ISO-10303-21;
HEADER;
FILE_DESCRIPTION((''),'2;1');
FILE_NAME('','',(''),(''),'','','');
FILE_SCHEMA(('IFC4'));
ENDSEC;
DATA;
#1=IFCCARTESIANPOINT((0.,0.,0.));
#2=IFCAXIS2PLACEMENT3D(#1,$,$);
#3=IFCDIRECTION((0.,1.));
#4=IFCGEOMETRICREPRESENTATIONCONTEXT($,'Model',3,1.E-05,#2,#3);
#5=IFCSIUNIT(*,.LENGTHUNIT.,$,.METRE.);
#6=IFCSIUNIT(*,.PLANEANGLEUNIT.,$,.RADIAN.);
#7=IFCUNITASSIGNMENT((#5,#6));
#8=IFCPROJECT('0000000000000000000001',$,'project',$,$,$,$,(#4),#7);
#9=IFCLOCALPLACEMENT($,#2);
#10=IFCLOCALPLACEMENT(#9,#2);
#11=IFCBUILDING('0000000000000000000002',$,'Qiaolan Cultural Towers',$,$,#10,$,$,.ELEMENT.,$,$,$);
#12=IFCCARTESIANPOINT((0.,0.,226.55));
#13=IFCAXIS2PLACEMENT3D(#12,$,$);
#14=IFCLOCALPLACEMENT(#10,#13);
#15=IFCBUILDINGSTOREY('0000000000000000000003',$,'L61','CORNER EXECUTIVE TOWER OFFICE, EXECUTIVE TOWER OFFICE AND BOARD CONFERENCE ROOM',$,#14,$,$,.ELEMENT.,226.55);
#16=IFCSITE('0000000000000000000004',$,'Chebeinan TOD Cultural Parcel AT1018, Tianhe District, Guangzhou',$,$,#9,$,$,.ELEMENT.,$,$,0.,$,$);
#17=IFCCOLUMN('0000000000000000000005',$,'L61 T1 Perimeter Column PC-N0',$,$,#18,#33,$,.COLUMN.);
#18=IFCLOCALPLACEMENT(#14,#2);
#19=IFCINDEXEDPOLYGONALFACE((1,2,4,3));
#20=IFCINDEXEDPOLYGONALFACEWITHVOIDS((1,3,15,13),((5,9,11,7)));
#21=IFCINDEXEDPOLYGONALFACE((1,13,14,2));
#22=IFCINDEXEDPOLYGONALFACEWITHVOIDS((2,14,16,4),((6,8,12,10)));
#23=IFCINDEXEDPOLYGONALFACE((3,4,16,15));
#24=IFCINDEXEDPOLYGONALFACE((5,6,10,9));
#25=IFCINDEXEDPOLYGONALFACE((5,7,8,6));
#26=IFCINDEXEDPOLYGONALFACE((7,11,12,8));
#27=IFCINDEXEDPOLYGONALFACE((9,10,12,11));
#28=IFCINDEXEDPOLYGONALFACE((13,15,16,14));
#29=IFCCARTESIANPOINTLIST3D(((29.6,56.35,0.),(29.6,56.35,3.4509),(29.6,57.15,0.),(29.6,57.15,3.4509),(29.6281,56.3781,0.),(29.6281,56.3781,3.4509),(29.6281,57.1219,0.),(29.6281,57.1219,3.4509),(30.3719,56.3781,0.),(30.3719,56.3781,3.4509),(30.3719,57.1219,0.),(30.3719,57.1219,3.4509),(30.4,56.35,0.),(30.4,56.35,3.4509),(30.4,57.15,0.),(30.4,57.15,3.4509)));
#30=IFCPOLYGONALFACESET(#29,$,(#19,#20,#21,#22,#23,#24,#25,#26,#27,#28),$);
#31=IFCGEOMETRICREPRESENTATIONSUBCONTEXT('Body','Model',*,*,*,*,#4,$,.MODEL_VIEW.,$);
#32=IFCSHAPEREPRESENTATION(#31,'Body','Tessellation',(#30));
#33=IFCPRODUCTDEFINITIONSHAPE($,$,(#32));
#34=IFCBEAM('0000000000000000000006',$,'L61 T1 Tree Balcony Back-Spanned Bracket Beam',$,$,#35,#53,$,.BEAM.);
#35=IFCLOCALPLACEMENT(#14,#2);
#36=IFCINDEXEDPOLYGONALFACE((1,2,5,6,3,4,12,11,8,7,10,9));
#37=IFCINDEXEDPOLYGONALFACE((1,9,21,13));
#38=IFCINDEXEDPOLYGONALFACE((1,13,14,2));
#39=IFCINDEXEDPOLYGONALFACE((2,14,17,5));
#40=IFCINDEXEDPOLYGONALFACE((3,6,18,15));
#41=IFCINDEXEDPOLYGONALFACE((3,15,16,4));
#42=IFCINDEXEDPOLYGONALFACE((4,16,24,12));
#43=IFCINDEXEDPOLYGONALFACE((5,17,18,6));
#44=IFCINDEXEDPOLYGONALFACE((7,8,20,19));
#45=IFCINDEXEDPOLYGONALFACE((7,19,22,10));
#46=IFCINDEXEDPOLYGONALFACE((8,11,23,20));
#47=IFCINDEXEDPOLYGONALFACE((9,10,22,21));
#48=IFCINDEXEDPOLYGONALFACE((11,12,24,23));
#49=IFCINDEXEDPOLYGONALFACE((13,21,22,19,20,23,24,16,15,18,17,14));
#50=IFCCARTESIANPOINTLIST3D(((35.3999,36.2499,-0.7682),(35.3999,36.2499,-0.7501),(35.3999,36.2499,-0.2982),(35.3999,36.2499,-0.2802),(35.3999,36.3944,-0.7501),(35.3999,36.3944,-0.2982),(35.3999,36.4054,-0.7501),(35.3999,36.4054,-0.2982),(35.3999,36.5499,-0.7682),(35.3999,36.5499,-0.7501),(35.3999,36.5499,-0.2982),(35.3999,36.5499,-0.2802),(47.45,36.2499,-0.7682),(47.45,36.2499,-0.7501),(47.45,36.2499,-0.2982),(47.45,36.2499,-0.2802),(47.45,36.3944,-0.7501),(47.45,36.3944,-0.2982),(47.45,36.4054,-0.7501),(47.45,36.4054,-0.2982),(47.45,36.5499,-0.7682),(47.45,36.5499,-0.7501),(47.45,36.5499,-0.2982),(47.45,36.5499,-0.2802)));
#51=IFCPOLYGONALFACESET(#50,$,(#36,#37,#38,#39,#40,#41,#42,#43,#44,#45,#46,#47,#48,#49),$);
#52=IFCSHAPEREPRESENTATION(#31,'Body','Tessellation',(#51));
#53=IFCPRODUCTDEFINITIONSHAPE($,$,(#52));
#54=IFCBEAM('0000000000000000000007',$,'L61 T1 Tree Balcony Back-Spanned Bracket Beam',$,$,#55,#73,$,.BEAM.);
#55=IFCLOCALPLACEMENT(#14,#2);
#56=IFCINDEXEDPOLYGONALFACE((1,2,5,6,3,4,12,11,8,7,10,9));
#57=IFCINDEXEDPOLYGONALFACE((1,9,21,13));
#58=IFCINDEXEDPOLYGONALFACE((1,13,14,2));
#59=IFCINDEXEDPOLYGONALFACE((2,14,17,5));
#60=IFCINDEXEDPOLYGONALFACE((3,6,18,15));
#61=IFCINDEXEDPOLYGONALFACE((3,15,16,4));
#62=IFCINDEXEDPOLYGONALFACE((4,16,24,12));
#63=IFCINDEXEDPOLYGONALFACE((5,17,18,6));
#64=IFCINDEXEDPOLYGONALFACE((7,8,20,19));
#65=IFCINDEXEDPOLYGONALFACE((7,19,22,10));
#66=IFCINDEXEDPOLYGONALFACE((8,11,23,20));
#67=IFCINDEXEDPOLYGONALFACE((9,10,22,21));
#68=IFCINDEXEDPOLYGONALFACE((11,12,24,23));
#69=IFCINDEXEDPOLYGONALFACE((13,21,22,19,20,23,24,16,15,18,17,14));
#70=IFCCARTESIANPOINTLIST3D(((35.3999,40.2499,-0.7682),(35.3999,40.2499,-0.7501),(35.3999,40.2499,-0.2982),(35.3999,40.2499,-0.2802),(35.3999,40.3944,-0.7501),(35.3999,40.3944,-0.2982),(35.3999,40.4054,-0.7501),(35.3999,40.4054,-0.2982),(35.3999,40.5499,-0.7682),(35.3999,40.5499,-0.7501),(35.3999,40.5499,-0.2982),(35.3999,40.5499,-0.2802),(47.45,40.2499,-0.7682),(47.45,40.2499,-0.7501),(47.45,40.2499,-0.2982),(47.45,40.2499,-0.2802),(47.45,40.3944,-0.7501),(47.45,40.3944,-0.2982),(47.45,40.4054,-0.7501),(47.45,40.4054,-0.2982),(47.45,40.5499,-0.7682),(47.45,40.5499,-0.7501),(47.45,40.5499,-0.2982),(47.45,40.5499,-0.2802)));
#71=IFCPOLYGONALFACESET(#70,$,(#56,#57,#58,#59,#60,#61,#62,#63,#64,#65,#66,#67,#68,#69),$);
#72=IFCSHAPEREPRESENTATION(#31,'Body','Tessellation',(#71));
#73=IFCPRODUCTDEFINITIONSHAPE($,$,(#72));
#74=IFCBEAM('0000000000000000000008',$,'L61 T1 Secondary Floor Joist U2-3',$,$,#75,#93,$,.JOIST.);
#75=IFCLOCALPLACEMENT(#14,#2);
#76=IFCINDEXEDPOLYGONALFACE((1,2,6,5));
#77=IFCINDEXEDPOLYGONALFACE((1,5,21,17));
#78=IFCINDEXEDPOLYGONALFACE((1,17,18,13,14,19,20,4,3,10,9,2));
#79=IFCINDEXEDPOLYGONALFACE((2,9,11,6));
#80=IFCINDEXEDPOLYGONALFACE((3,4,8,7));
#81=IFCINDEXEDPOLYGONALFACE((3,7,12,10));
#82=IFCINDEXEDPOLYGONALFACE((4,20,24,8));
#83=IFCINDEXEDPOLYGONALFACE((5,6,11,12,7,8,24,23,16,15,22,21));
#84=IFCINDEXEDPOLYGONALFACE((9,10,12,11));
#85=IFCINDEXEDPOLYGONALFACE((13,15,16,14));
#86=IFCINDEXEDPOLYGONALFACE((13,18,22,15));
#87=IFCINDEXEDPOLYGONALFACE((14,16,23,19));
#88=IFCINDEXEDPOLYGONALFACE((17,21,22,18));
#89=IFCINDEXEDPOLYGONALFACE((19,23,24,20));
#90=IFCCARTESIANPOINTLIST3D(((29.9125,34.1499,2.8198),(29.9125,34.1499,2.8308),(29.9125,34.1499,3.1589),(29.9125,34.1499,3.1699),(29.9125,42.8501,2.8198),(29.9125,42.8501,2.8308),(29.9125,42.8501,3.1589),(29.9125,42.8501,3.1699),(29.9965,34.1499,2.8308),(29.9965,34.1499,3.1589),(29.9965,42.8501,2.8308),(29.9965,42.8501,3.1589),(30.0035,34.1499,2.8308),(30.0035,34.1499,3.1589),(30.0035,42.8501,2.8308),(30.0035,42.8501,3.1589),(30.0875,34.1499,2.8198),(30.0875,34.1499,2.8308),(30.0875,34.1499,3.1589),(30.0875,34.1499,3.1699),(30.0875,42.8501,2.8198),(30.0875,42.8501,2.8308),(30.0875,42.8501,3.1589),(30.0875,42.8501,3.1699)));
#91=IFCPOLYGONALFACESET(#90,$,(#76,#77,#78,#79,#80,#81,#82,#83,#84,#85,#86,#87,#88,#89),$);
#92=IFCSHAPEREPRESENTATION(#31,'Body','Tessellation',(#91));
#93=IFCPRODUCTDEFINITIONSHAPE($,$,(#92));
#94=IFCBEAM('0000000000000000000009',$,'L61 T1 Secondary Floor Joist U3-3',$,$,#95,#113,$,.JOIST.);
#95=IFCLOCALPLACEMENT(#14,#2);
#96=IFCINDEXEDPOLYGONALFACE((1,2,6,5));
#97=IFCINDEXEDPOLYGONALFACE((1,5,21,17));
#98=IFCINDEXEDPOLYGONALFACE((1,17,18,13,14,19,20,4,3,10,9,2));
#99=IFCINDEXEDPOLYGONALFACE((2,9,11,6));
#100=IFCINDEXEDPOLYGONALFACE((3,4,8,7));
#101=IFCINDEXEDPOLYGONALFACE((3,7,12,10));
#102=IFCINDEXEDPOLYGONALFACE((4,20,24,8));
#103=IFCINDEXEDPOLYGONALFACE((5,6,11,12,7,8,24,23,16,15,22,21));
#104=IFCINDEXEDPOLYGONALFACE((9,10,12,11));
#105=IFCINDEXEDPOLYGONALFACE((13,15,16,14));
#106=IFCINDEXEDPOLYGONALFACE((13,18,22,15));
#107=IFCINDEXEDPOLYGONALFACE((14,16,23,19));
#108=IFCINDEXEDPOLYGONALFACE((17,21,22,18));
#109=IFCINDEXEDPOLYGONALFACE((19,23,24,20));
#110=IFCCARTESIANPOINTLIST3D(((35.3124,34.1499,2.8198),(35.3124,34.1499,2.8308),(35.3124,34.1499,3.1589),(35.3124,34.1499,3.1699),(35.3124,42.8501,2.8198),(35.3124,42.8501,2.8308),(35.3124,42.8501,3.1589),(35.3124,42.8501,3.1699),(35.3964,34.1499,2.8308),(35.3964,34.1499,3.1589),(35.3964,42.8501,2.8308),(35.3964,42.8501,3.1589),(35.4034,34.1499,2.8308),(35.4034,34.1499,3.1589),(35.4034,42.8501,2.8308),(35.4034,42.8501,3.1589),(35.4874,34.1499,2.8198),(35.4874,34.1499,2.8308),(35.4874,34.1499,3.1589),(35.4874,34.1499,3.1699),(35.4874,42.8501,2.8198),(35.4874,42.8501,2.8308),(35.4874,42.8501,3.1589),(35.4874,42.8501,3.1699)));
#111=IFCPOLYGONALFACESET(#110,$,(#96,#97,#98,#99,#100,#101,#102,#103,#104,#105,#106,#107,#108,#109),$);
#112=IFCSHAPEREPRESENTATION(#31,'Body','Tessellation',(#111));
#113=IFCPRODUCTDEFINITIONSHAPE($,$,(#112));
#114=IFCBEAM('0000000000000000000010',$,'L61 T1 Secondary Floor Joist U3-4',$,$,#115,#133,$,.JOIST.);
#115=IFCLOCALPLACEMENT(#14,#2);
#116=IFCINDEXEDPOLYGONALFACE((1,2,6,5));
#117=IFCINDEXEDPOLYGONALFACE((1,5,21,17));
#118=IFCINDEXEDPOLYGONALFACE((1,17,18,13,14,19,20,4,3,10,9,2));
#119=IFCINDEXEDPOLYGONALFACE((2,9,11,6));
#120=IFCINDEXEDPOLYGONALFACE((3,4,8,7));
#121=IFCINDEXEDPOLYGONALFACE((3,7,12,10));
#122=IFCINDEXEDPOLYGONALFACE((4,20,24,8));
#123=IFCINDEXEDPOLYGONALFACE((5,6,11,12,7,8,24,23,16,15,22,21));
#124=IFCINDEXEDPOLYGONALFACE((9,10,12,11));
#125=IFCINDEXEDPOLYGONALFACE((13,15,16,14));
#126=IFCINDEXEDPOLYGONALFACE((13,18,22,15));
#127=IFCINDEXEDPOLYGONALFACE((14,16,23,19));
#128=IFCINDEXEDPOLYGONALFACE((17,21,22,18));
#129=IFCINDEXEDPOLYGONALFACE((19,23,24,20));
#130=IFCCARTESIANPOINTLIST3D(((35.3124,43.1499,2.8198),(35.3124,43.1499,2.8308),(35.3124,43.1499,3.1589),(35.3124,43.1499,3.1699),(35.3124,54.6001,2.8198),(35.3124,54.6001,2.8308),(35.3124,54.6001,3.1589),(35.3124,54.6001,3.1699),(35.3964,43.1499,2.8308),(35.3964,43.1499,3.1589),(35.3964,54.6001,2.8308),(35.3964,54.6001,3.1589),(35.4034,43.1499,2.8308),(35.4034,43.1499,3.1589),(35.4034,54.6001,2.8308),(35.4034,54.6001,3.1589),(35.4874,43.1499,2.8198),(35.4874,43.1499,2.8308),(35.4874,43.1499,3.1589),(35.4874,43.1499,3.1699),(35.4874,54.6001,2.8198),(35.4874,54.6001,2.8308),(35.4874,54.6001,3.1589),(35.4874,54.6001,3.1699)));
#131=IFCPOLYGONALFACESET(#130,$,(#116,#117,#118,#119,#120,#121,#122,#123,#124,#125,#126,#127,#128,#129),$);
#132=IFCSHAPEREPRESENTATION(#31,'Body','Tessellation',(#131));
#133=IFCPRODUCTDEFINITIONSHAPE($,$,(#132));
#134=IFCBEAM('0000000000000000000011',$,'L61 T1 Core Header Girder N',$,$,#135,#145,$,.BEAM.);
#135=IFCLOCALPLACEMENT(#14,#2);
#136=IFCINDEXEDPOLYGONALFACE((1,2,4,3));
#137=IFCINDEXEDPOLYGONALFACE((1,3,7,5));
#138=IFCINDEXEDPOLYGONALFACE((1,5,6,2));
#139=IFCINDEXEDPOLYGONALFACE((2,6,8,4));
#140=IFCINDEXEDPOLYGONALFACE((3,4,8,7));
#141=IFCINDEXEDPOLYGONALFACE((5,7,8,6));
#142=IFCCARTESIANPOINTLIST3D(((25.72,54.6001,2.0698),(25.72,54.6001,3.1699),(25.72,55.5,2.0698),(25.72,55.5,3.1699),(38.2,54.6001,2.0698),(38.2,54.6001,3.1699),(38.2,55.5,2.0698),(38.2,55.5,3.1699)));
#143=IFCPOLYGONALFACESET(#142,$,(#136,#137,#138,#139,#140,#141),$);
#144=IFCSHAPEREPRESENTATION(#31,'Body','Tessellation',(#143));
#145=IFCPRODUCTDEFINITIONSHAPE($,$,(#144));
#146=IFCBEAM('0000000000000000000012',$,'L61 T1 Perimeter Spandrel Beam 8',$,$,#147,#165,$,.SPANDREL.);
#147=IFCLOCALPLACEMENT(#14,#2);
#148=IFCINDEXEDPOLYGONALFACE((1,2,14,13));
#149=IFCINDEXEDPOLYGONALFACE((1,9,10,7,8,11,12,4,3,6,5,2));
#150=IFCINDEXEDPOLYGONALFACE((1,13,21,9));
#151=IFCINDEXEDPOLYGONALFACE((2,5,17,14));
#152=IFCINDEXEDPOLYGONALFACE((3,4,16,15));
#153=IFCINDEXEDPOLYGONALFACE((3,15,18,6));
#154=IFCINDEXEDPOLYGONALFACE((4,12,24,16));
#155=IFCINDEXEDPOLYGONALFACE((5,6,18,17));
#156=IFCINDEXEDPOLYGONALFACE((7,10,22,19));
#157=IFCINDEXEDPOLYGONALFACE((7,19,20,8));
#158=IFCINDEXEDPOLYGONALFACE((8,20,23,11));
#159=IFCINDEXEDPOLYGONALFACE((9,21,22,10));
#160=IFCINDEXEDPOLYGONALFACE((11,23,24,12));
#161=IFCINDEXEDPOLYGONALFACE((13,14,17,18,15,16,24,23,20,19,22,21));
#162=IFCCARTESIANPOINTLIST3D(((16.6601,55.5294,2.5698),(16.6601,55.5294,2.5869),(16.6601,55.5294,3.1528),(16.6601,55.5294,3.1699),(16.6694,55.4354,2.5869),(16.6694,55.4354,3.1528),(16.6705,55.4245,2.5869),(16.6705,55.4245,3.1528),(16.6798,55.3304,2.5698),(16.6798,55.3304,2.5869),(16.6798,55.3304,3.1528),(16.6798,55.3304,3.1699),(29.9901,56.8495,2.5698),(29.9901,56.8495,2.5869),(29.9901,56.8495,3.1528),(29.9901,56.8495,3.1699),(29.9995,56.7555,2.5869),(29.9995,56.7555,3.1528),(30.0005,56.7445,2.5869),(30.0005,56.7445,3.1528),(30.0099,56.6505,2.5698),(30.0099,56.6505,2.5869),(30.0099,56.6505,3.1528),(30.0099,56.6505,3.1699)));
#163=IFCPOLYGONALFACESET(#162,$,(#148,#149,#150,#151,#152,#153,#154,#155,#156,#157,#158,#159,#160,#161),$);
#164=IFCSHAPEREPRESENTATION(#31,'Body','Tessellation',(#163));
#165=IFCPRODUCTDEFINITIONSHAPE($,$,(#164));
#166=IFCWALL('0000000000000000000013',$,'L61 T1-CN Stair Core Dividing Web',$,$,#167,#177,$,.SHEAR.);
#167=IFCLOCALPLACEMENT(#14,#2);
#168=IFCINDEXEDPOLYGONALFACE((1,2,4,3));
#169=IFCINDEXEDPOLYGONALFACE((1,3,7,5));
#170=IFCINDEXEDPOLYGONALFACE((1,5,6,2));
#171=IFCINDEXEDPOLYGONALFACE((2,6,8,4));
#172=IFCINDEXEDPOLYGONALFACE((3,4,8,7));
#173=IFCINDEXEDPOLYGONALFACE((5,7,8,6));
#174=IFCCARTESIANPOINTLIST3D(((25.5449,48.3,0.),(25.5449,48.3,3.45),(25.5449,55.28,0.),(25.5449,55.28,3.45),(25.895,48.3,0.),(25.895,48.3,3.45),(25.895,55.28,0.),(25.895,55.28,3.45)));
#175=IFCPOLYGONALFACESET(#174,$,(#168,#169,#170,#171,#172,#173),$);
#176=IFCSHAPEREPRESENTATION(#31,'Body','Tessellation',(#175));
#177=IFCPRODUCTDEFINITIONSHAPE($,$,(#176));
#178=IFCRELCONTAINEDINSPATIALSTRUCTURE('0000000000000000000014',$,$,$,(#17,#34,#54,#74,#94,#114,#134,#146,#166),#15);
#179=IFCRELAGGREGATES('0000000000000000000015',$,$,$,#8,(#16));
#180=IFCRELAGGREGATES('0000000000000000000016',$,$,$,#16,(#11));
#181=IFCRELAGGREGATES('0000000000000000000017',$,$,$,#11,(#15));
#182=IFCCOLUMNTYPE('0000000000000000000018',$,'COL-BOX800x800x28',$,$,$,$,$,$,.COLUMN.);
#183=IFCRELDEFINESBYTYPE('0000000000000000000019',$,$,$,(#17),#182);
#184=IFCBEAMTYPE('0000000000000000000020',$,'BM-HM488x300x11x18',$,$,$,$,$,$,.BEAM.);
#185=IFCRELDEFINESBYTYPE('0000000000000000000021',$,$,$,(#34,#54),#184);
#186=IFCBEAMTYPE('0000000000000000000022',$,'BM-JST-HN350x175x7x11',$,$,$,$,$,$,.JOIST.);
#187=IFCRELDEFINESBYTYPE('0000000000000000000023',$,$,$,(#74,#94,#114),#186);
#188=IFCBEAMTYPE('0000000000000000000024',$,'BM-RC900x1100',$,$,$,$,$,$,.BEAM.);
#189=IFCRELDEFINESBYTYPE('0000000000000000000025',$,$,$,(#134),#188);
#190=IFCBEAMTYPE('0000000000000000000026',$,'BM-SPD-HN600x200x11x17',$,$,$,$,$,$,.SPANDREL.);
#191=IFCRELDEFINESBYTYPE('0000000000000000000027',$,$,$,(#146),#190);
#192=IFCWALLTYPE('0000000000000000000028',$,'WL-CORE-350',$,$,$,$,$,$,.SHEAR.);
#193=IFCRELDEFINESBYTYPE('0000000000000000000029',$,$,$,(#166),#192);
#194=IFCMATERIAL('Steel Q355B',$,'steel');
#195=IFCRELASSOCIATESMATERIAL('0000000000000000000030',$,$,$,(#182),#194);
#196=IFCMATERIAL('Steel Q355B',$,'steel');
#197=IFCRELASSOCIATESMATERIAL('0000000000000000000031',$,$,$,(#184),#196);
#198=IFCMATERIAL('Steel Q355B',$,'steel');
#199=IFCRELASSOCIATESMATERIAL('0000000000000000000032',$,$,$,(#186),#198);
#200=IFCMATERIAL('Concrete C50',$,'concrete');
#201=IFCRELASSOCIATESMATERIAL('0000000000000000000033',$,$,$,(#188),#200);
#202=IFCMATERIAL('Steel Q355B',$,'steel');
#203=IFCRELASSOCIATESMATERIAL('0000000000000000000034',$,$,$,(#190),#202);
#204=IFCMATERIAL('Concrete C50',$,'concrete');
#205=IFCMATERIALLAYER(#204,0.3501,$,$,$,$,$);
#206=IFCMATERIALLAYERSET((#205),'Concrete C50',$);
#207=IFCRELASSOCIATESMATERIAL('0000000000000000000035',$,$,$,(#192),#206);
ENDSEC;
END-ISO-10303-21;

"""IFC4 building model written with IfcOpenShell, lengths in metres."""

from ifc_helpers import new_model, si_unit, direction, frame, frame_2d, origin, origin_2d, place, context, subcontext, project, spatial, rectangle, hollow_rectangle, i_section, extrude, material, layer, layer_set, material_profile, profile_set, type_object, element, save


model = new_model("IFC4")

# Units and contexts
model_context = context("Model", 3, precision=1e-05, world=origin(), true_north=direction((0.0, 1.0)))
body_context = subcontext(model_context, "Body", "Model", "MODEL_VIEW")
ifc_project = project(units=[si_unit("LENGTHUNIT", "METRE"), si_unit("PLANEANGLEUNIT", "RADIAN")], contexts=[model_context])

# Site, building, storey
site_placement = place(None, origin())
site = spatial("IfcSite", under=ifc_project, at=site_placement, Name="Chebeinan TOD Cultural Parcel AT1018, Tianhe District, Guangzhou", CompositionType="ELEMENT", RefElevation=0.0)
building_placement = place(site_placement, origin())
building = spatial("IfcBuilding", under=site, at=building_placement, Name="Qiaolan Cultural Towers", CompositionType="ELEMENT")
storey_placement = place(building_placement, frame((0.0, 0.0, 226.55)))
storey = spatial("IfcBuildingStorey", under=building, at=storey_placement, Name="L61", Description="CORNER EXECUTIVE TOWER OFFICE, EXECUTIVE TOWER OFFICE AND BOARD CONFERENCE ROOM", CompositionType="ELEMENT", Elevation=226.55)

# Column
ifc_material_1 = material(Name="Steel Q355B", Category="steel")
ifc_material_profile_1 = material_profile(ifc_material_1, hollow_rectangle(XDim=0.8, YDim=0.8, WallThickness=0.0281, at=origin_2d()), Name="BOX800x800x28")
ifc_profile_set_1 = profile_set([ifc_material_profile_1], Name="Steel Q355B")
column_type = type_object("IfcColumnType", Name="COL-BOX800x800x28", PredefinedType="COLUMN", material=ifc_profile_set_1)
column_placement = place(storey_placement, frame((30.0, 56.75, 0.0), z_axis=(0.0, 0.0, 1.0), x_axis=(1.0, 0.0, 0.0)))
element("IfcColumn", 1, at=column_placement, inside=storey, type_object=column_type, Name="L61 T1 Perimeter Column PC-N0", PredefinedType="COLUMN", context=body_context, shape_type="SweptSolid", body=[
    extrude(hollow_rectangle(XDim=0.8, YDim=0.8, WallThickness=0.0281, at=origin_2d()), origin(), (0.0, 0.0, 1.0), 3.4509),
])

# Beams
ifc_material_2 = material(Name="Steel Q355B", Category="steel")
ifc_material_profile_2 = material_profile(ifc_material_2, i_section(OverallWidth=0.3, OverallDepth=0.488, WebThickness=0.011, FlangeThickness=0.0181, at=origin_2d()), Name="HM488x300x11x18")
ifc_profile_set_2 = profile_set([ifc_material_profile_2], Name="Steel Q355B")
beam_type_1 = type_object("IfcBeamType", Name="BM-HM488x300x11x18", PredefinedType="BEAM", material=ifc_profile_set_2)
for number, where, z_axis, x_axis, name in (
    (2, (35.3999, 36.3999, -0.5242), (1.0, 0.0, 0.0), (0.0, 1.0, 0.0), "L61 T1 Tree Balcony Back-Spanned Bracket Beam"),
    (3, (35.3999, 40.3999, -0.5242), (1.0, 0.0, 0.0), (0.0, 1.0, 0.0), "L61 T1 Tree Balcony Back-Spanned Bracket Beam"),
):
    element("IfcBeam", number, at=place(storey_placement, frame(where, z_axis=z_axis, x_axis=x_axis)), inside=storey, type_object=beam_type_1, Name=name, PredefinedType="BEAM", context=body_context, shape_type="SweptSolid", body=[
        extrude(i_section(OverallWidth=0.3, OverallDepth=0.488, WebThickness=0.011, FlangeThickness=0.0181, at=origin_2d()), origin(), (0.0, 0.0, 1.0), 12.05),
    ])
ifc_material_3 = material(Name="Steel Q355B", Category="steel")
ifc_material_profile_3 = material_profile(ifc_material_3, i_section(OverallWidth=0.175, OverallDepth=0.3501, WebThickness=0.0071, FlangeThickness=0.011, at=origin_2d()), Name="HN350x175x7x11")
ifc_profile_set_3 = profile_set([ifc_material_profile_3], Name="Steel Q355B")
beam_type_2 = type_object("IfcBeamType", Name="BM-JST-HN350x175x7x11", PredefinedType="JOIST", material=ifc_profile_set_3)
for number, where, z_axis, x_axis, name in (
    (4, (30.0, 34.1499, 2.9949), (0.0, 1.0, 0.0), (-1.0, 0.0, 0.0), "L61 T1 Secondary Floor Joist U2-3"),
    (5, (35.3999, 34.1499, 2.9949), (0.0, 1.0, 0.0), (-1.0, 0.0, 0.0), "L61 T1 Secondary Floor Joist U3-3"),
):
    element("IfcBeam", number, at=place(storey_placement, frame(where, z_axis=z_axis, x_axis=x_axis)), inside=storey, type_object=beam_type_2, Name=name, PredefinedType="JOIST", context=body_context, shape_type="SweptSolid", body=[
        extrude(i_section(OverallWidth=0.175, OverallDepth=0.3501, WebThickness=0.0071, FlangeThickness=0.011, at=origin_2d()), origin(), (0.0, 0.0, 1.0), 8.7002),
    ])
beam_1_placement = place(storey_placement, frame((35.3999, 43.1499, 2.9949), z_axis=(0.0, 1.0, 0.0), x_axis=(-1.0, 0.0, 0.0)))
element("IfcBeam", 6, at=beam_1_placement, inside=storey, type_object=beam_type_2, Name="L61 T1 Secondary Floor Joist U3-4", PredefinedType="JOIST", context=body_context, shape_type="SweptSolid", body=[
    extrude(i_section(OverallWidth=0.175, OverallDepth=0.3501, WebThickness=0.0071, FlangeThickness=0.011, at=origin_2d()), origin(), (0.0, 0.0, 1.0), 11.4502),
])
ifc_material_4 = material(Name="Concrete C50", Category="concrete")
ifc_material_profile_4 = material_profile(ifc_material_4, rectangle(XDim=0.8999, YDim=1.1001, at=origin_2d()), Name="RC900x1100")
ifc_profile_set_4 = profile_set([ifc_material_profile_4], Name="Concrete C50")
beam_type_3 = type_object("IfcBeamType", Name="BM-RC900x1100", PredefinedType="BEAM", material=ifc_profile_set_4)
beam_2_placement = place(storey_placement, frame((25.72, 55.05, 2.6199), z_axis=(1.0, 0.0, 0.0), x_axis=(0.0, 1.0, 0.0)))
element("IfcBeam", 7, at=beam_2_placement, inside=storey, type_object=beam_type_3, Name="L61 T1 Core Header Girder N", PredefinedType="BEAM", context=body_context, shape_type="SweptSolid", body=[
    extrude(rectangle(XDim=0.8999, YDim=1.1001, at=origin_2d()), origin(), (0.0, 0.0, 1.0), 12.48),
])
ifc_material_5 = material(Name="Steel Q355B", Category="steel")
ifc_material_profile_5 = material_profile(ifc_material_5, i_section(OverallWidth=0.2, OverallDepth=0.6001, WebThickness=0.011, FlangeThickness=0.0171, at=origin_2d()), Name="HN600x200x11x17")
ifc_profile_set_5 = profile_set([ifc_material_profile_5], Name="Steel Q355B")
beam_type_4 = type_object("IfcBeamType", Name="BM-SPD-HN600x200x11x17", PredefinedType="SPANDREL", material=ifc_profile_set_5)
beam_3_placement = place(storey_placement, frame((30.0, 56.75, 2.8699), z_axis=(-0.995132, -0.098547, 0.0), x_axis=(0.098547, -0.995132, 0.0)))
element("IfcBeam", 8, at=beam_3_placement, inside=storey, type_object=beam_type_4, Name="L61 T1 Perimeter Spandrel Beam 8", PredefinedType="SPANDREL", context=body_context, shape_type="SweptSolid", body=[
    extrude(i_section(OverallWidth=0.2, OverallDepth=0.6001, WebThickness=0.011, FlangeThickness=0.0171, at=origin_2d()), origin(), (0.0, 0.0, 1.0), 13.3953),
])

# Wall
ifc_material_6 = material(Name="Concrete C50", Category="concrete")
ifc_layer_1 = layer(ifc_material_6, 0.3501)
ifc_layer_set_1 = layer_set([ifc_layer_1], Name="Concrete C50")
wall_type_1 = type_object("IfcWallType", Name="WL-CORE-350", PredefinedType="SHEAR", material=ifc_layer_set_1)
wall_1_placement = place(storey_placement, frame((25.72, 48.3, 0.0), z_axis=(0.0, 0.0, 1.0), x_axis=(0.0, 1.0, 0.0)))
element("IfcWall", 9, at=wall_1_placement, inside=storey, type_object=wall_type_1, Name="L61 T1-CN Stair Core Dividing Web", PredefinedType="SHEAR", context=body_context, shape_type="SweptSolid", body=[
    extrude(rectangle(XDim=6.98, YDim=0.3501, at=frame_2d((3.49, 0.0))), origin(), (0.0, 0.0, 1.0), 3.45),
])

save(model, "model.ifc")
